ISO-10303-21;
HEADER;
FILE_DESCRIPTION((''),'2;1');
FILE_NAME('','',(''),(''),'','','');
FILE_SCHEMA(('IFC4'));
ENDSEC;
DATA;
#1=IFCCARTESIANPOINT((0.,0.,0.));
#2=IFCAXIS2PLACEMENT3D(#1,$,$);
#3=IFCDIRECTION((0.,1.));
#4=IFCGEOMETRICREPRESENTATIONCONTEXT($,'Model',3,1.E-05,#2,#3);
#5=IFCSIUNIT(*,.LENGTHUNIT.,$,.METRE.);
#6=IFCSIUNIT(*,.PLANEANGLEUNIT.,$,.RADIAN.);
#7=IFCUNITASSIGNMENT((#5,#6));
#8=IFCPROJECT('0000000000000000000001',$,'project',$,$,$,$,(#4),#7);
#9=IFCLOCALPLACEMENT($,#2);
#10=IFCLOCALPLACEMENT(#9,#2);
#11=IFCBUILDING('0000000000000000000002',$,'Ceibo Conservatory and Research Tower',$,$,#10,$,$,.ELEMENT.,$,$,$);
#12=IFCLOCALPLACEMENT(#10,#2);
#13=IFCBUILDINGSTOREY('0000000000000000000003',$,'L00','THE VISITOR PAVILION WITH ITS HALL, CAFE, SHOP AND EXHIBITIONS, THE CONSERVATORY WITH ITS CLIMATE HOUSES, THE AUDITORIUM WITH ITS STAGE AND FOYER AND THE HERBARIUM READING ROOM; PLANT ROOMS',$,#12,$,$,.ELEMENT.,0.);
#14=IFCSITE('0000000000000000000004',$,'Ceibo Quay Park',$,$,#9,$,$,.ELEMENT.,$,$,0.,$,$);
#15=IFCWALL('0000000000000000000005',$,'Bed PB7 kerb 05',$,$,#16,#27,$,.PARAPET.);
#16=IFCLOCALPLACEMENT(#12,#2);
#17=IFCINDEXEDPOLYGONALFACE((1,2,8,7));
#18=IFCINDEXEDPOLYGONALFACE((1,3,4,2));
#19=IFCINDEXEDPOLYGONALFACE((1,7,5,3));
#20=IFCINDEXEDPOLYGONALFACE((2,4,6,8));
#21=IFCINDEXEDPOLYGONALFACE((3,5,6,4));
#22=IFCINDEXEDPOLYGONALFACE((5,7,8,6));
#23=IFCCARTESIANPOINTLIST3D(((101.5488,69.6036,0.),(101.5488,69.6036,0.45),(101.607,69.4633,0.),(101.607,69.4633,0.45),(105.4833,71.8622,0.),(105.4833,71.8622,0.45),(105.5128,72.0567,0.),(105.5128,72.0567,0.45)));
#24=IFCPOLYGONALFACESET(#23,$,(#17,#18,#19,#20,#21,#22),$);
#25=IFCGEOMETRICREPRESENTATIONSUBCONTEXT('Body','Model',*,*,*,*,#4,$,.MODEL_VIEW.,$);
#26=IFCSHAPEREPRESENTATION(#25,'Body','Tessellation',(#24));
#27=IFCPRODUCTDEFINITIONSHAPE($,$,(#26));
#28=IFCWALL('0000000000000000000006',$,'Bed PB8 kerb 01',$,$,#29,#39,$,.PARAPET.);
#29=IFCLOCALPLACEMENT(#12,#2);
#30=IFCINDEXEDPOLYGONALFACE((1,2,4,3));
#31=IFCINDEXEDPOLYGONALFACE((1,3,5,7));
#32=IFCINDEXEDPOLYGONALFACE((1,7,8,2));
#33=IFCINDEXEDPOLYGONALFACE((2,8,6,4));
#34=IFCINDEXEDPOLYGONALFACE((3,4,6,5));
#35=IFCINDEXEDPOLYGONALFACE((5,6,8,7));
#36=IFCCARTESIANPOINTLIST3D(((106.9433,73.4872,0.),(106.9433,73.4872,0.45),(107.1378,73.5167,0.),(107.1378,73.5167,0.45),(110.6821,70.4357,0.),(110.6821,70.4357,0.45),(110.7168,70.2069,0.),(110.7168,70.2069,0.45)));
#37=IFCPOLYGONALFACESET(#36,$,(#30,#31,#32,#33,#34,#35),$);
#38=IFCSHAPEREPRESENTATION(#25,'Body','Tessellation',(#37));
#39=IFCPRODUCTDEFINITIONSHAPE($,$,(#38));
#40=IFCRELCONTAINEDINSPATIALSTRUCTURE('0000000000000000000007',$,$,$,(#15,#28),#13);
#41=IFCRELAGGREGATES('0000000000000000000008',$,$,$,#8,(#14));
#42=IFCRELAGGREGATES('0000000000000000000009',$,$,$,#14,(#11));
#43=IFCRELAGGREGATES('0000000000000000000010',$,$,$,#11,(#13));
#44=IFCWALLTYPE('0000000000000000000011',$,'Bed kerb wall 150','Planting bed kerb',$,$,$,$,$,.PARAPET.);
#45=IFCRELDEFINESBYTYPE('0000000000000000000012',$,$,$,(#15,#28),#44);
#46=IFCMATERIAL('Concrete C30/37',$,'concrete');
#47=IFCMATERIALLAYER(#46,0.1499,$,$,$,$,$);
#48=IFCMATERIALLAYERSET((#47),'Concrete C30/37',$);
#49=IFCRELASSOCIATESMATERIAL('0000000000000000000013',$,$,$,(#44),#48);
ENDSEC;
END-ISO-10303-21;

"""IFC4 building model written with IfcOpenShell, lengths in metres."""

from ifc_helpers import new_model, si_unit, direction, frame, origin, place, context, subcontext, project, spatial, polyline, outline, extrude, material, layer, layer_set, type_object, element, save


model = new_model("IFC4")

# Units and contexts
model_context = context("Model", 3, precision=1e-05, world=origin(), true_north=direction((0.0, 1.0)))
body_context = subcontext(model_context, "Body", "Model", "MODEL_VIEW")
ifc_project = project(units=[si_unit("LENGTHUNIT", "METRE"), si_unit("PLANEANGLEUNIT", "RADIAN")], contexts=[model_context])

# Site, building, storey
site_placement = place(None, origin())
site = spatial("IfcSite", under=ifc_project, at=site_placement, Name="Ceibo Quay Park", CompositionType="ELEMENT", RefElevation=0.0)
building_placement = place(site_placement, origin())
building = spatial("IfcBuilding", under=site, at=building_placement, Name="Ceibo Conservatory and Research Tower", CompositionType="ELEMENT")
storey_placement = place(building_placement, origin())
storey = spatial("IfcBuildingStorey", under=building, at=storey_placement, Name="L00", Description="THE VISITOR PAVILION WITH ITS HALL, CAFE, SHOP AND EXHIBITIONS, THE CONSERVATORY WITH ITS CLIMATE HOUSES, THE AUDITORIUM WITH ITS STAGE AND FOYER AND THE HERBARIUM READING ROOM; PLANT ROOMS", CompositionType="ELEMENT", Elevation=0.0)

# Walls
ifc_material_1 = material(Name="Concrete C30/37", Category="concrete")
ifc_layer_1 = layer(ifc_material_1, 0.1499)
ifc_layer_set_1 = layer_set([ifc_layer_1], Name="Concrete C30/37")
wall_type_1 = type_object("IfcWallType", Name="Bed kerb wall 150", Description="Planting bed kerb", PredefinedType="PARAPET", material=ifc_layer_set_1)
wall_1_placement = place(storey_placement, frame((105.498, 71.9595, 0.0), z_axis=(0.0, 0.0, 1.0), x_axis=(-0.850337, -0.526238, 0.0)))
element("IfcWall", 1, at=wall_1_placement, inside=storey, type_object=wall_type_1, Name="Bed PB7 kerb 05", PredefinedType="PARAPET", context=body_context, shape_type="SweptSolid", body=[
    extrude(outline(polyline([(-0.0637, -0.075), (4.5979, -0.075), (4.6223, 0.075), (0.0637, 0.075), (-0.0637, -0.075)])), origin(), (0.0, 0.0, 1.0), 0.45),
])
wall_2_placement = place(storey_placement, frame((107.0405, 73.502, 0.0), z_axis=(0.0, 0.0, 1.0), x_axis=(0.75471, -0.656059, 0.0)))
element("IfcWall", 2, at=wall_2_placement, inside=storey, type_object=wall_type_1, Name="Bed PB8 kerb 01", PredefinedType="PARAPET", context=body_context, shape_type="SweptSolid", body=[
    extrude(outline(polyline([(-0.0637, -0.075), (4.9363, -0.075), (4.76, 0.075), (0.0637, 0.075), (-0.0637, -0.075)])), origin(), (0.0, 0.0, 1.0), 0.45),
])

save(model, "model.ifc")
